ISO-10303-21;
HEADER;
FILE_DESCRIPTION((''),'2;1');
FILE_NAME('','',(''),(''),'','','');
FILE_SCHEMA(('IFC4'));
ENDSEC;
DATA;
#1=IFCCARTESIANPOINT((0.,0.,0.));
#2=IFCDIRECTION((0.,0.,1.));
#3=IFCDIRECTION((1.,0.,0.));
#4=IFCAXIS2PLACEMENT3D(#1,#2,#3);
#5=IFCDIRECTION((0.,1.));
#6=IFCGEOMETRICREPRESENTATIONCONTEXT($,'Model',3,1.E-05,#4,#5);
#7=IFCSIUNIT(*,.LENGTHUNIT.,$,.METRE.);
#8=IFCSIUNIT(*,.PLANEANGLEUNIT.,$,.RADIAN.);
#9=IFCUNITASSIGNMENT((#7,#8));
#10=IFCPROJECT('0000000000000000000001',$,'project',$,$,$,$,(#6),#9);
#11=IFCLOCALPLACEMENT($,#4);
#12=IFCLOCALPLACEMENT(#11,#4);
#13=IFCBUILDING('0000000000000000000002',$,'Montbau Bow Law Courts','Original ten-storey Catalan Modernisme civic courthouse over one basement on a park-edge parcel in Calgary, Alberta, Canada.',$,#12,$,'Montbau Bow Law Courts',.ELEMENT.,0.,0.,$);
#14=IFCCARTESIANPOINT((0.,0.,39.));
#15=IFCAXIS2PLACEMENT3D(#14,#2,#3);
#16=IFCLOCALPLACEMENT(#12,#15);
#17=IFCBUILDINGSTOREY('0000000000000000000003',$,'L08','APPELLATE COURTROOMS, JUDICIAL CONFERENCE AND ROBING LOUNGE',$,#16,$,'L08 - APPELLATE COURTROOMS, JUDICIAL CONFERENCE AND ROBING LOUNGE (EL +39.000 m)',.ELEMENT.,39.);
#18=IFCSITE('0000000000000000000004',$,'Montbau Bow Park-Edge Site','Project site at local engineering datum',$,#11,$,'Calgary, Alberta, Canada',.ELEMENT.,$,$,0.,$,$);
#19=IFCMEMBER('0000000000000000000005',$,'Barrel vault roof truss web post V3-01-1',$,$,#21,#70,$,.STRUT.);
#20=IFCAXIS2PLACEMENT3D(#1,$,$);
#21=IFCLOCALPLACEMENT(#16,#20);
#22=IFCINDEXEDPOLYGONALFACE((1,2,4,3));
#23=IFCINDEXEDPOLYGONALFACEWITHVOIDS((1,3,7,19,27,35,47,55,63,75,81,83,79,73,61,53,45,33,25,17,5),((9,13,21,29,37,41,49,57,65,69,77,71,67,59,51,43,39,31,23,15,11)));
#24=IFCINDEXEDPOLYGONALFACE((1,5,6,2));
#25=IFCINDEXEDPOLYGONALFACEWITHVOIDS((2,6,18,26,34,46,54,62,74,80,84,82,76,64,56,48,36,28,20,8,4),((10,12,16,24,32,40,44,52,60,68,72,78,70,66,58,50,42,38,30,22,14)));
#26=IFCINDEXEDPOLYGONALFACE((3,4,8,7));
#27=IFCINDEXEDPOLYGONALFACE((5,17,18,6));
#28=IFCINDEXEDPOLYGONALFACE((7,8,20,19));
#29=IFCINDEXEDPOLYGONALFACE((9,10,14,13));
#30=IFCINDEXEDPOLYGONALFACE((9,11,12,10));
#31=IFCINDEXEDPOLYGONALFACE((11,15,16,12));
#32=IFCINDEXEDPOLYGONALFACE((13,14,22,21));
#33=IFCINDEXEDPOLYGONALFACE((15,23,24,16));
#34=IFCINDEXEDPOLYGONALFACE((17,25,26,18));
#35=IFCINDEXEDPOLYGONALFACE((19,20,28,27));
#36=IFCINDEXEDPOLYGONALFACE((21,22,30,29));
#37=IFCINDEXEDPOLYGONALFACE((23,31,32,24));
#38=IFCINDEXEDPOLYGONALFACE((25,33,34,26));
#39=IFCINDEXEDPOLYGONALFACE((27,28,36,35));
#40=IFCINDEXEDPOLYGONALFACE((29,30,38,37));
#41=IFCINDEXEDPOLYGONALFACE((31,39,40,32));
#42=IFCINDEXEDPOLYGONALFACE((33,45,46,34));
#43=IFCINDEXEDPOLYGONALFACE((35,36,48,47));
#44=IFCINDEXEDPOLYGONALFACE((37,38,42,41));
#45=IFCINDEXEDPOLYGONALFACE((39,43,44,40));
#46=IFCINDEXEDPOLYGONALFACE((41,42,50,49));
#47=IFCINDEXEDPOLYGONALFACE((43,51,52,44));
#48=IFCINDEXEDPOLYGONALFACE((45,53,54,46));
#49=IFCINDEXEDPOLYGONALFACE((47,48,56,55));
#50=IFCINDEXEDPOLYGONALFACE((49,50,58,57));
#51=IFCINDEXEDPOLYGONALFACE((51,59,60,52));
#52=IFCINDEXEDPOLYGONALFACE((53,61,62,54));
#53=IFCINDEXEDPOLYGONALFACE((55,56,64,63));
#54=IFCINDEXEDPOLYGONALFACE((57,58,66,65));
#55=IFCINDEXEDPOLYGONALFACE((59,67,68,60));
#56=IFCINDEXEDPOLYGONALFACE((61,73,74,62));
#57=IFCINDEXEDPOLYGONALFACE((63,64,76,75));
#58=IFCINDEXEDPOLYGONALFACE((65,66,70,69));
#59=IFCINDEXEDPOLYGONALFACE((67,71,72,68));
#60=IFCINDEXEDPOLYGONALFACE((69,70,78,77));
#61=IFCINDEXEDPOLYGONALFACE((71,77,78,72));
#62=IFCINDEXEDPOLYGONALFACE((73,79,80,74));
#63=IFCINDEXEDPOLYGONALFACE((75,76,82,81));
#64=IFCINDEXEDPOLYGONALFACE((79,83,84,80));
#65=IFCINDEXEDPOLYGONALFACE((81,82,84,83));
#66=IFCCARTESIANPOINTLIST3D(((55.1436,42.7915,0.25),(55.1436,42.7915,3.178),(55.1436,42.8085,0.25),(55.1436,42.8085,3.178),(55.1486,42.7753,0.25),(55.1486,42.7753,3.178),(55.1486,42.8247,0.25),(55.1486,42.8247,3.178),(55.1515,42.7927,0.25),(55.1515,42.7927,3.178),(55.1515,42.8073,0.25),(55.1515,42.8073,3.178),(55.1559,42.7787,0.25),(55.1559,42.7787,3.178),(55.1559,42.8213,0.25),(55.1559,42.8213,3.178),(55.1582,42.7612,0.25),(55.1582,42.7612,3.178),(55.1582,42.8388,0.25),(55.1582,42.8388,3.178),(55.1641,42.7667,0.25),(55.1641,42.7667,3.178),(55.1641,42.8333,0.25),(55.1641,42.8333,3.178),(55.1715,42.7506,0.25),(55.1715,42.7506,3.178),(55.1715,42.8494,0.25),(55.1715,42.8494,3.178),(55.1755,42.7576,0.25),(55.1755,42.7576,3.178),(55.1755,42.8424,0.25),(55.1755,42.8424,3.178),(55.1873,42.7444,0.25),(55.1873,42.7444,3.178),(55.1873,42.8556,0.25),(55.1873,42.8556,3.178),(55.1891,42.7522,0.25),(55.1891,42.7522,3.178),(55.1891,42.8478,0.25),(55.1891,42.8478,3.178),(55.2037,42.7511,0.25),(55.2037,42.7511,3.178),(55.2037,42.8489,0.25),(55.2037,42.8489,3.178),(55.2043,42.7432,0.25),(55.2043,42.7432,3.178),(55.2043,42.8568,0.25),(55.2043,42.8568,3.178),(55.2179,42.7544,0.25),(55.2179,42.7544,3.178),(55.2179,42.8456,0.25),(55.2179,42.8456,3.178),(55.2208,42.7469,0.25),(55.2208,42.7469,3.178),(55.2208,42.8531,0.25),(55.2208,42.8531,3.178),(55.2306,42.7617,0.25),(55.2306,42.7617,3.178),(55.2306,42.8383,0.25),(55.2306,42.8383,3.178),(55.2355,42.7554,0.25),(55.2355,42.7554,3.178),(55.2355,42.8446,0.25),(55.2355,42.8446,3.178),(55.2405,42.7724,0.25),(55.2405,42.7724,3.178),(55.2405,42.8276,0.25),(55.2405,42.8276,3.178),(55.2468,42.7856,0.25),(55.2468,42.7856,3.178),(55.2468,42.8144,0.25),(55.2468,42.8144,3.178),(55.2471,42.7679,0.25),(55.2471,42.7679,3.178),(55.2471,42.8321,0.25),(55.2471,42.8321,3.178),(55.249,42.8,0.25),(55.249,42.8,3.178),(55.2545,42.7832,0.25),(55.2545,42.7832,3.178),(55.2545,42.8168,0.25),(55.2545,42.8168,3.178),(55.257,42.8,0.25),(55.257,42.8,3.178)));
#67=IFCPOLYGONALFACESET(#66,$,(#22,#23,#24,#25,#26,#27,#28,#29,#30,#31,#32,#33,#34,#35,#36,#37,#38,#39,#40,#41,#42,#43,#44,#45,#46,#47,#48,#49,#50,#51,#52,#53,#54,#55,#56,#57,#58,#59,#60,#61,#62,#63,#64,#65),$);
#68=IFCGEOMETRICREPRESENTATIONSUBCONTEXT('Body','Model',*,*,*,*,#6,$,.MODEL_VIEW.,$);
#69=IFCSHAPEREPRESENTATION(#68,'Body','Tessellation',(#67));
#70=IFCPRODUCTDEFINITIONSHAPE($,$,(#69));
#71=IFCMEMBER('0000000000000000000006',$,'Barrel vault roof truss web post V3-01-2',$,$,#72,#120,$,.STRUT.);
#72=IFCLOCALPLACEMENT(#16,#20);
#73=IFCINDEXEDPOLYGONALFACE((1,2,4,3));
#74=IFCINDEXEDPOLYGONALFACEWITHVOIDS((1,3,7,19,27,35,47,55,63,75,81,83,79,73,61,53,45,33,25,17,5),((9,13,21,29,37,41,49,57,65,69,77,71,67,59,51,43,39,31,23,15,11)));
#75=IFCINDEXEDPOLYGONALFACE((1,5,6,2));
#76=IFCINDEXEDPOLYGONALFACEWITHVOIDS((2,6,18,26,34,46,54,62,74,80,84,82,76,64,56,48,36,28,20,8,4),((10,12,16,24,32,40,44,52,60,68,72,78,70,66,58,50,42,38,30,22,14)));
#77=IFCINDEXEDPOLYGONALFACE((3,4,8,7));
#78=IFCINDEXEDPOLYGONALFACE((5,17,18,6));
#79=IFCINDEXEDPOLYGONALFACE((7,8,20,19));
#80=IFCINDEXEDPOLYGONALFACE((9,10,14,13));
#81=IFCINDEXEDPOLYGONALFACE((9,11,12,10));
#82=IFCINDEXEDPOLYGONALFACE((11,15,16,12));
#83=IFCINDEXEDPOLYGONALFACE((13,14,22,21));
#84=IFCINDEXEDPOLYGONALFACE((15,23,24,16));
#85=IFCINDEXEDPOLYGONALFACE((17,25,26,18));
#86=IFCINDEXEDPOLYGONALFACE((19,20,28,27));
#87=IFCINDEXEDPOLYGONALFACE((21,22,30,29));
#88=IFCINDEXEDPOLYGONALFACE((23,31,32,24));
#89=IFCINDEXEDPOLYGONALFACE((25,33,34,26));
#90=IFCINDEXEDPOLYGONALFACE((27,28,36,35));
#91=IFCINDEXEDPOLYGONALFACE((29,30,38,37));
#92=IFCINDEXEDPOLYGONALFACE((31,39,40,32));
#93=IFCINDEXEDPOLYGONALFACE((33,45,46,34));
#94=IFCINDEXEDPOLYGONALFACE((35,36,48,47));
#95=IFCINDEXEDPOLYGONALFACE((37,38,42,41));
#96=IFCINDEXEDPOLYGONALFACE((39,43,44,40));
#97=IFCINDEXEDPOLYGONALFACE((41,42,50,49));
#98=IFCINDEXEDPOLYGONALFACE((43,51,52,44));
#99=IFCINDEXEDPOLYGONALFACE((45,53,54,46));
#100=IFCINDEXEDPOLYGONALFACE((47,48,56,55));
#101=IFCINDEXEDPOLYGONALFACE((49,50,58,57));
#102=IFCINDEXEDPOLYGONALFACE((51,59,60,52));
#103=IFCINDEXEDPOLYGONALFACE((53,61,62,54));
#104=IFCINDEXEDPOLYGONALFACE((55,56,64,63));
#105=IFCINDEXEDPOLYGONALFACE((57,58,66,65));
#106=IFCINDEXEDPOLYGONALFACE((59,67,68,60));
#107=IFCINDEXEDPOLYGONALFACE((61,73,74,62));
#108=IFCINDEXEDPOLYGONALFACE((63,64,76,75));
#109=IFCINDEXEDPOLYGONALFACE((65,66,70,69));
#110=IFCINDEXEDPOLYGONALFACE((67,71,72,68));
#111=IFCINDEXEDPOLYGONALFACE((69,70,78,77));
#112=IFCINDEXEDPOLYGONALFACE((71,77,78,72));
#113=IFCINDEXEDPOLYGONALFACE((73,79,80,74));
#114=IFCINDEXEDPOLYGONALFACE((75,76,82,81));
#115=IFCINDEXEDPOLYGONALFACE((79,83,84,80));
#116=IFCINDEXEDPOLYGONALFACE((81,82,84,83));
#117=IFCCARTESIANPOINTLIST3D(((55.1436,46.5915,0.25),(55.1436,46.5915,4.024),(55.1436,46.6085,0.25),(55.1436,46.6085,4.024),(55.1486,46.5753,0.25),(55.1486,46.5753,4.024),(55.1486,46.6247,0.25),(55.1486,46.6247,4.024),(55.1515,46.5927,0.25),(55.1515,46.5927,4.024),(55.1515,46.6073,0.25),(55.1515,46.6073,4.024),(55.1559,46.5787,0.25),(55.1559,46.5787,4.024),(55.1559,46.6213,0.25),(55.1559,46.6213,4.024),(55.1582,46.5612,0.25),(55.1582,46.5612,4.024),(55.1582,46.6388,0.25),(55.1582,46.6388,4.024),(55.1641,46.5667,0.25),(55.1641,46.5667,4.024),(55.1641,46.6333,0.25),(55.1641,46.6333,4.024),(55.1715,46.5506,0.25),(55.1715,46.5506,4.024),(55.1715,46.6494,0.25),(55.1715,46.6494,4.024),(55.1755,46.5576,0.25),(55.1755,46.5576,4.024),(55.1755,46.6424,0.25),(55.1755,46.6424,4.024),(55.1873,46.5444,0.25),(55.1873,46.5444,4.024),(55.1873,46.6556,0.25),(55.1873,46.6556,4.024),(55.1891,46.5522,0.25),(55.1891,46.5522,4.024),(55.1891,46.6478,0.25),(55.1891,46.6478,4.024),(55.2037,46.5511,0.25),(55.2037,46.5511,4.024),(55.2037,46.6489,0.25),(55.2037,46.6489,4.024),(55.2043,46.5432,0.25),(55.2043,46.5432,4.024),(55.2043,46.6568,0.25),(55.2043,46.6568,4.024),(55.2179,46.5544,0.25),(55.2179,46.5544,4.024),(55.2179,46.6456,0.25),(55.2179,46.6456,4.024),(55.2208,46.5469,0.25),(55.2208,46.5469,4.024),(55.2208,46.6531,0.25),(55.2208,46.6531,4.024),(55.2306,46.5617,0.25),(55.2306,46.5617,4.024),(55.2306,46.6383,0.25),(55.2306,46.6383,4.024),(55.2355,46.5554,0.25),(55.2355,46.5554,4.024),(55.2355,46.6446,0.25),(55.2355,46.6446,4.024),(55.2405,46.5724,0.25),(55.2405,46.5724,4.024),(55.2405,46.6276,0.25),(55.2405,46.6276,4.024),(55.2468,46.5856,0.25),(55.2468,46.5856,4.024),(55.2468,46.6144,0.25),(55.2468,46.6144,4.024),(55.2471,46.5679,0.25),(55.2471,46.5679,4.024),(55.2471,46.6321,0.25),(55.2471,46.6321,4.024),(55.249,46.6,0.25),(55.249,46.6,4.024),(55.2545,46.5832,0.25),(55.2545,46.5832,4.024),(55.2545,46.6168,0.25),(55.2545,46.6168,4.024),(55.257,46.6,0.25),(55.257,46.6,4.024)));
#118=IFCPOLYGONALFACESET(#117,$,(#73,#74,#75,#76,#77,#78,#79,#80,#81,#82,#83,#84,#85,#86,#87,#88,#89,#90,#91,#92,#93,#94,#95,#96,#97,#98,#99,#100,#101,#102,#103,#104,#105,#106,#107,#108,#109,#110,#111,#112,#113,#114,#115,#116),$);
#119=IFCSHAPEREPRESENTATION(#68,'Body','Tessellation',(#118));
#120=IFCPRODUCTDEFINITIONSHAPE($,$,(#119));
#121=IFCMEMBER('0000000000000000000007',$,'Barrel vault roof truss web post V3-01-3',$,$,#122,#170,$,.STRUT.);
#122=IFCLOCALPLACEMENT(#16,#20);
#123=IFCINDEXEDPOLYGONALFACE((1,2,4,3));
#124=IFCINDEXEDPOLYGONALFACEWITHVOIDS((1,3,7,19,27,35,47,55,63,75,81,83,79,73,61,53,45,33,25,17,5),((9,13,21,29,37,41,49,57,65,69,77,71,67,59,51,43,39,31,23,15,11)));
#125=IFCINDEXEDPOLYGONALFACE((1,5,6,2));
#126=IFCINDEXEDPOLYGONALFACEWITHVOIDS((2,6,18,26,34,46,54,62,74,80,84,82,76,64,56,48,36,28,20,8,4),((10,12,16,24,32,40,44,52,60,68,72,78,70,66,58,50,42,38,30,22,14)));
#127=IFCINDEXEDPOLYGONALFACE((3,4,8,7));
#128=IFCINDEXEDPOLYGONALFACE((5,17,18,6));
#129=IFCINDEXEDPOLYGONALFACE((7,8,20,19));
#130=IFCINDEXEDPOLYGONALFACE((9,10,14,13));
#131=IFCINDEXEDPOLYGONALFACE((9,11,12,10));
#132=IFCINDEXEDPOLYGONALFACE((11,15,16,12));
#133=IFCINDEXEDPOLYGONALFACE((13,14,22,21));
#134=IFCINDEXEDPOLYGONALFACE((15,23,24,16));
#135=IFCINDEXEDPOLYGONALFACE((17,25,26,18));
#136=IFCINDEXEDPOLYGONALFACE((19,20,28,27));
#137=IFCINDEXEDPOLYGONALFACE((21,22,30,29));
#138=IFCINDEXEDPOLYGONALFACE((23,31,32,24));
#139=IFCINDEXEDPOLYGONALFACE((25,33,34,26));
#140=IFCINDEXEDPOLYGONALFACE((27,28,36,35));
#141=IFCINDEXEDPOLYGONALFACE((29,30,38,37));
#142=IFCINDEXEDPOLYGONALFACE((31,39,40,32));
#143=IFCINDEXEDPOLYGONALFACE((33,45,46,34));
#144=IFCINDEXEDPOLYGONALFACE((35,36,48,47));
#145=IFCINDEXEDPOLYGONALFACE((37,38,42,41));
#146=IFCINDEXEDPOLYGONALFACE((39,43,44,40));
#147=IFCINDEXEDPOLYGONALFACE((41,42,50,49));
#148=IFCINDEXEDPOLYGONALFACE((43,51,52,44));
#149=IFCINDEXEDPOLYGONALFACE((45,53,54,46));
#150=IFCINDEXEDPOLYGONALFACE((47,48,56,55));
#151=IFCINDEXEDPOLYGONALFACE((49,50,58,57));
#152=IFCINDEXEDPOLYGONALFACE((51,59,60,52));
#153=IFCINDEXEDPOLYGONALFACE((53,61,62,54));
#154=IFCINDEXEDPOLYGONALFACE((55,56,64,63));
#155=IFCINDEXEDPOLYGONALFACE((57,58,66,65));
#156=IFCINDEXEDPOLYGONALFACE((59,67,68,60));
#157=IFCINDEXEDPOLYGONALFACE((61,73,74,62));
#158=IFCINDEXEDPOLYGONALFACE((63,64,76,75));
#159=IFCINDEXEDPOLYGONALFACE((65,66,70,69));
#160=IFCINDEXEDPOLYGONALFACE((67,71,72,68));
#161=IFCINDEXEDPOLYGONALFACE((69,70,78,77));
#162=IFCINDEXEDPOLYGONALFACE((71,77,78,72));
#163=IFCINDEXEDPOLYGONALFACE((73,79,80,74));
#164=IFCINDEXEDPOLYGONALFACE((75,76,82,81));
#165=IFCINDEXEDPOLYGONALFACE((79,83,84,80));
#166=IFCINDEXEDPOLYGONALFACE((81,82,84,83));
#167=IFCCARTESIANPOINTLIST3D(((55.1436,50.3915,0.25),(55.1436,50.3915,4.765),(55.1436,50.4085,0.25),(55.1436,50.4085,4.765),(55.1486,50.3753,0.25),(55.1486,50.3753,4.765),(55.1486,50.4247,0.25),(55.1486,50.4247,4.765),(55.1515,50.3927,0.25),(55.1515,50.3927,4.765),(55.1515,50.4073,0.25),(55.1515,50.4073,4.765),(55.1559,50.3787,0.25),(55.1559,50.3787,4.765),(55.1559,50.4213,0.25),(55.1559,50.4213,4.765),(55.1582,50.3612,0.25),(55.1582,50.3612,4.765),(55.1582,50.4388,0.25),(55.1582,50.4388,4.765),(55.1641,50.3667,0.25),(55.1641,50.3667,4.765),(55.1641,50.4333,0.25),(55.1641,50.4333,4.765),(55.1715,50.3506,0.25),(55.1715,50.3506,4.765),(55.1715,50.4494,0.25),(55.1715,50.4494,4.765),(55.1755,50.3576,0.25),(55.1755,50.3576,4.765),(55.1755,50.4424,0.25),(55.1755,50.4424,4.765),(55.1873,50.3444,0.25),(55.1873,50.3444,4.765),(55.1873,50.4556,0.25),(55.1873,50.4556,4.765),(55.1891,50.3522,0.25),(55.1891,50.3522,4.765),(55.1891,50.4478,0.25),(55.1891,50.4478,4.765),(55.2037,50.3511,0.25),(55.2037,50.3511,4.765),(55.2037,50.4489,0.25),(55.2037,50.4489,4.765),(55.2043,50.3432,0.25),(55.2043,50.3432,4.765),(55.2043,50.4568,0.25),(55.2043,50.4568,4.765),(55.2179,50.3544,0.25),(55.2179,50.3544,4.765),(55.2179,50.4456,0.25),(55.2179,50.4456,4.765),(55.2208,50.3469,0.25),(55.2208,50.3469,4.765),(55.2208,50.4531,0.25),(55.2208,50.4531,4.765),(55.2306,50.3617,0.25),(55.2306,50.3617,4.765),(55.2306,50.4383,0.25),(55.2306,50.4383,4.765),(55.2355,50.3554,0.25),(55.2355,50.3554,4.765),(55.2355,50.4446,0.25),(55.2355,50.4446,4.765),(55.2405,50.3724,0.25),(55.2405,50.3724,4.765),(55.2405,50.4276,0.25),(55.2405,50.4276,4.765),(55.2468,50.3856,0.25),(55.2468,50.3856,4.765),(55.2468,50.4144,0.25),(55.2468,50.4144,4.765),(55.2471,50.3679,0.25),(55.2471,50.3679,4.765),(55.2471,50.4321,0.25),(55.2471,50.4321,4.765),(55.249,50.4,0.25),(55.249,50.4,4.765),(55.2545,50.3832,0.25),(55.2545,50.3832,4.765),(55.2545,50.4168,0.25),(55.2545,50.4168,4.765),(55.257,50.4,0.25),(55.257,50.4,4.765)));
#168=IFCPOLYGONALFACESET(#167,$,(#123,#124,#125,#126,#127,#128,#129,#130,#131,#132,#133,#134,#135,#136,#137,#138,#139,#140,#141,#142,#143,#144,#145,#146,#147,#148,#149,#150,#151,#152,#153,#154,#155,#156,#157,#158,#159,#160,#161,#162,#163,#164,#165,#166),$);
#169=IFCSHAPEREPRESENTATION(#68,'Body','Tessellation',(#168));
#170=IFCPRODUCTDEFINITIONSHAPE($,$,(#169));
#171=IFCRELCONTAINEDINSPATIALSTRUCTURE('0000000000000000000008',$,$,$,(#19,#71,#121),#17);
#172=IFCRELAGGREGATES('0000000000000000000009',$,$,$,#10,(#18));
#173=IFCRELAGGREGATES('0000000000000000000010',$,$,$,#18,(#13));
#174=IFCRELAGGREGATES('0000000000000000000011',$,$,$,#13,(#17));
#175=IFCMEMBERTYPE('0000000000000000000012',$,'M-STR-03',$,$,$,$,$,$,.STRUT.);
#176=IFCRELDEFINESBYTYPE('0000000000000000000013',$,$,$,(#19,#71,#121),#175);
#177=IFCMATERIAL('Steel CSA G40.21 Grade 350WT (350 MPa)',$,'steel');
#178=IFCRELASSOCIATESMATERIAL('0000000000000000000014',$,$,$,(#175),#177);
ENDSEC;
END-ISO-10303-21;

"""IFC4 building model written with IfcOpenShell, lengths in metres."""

from ifc_helpers import new_model, si_unit, direction, frame, origin_with_axes, origin_2d_with_axis, place, context, subcontext, project, spatial, hollow_circle, extrude, material, material_profile, profile_set, type_object, element, save


model = new_model("IFC4")

# Units and contexts
model_context = context("Model", 3, precision=1e-05, world=origin_with_axes(), true_north=direction((0.0, 1.0)))
body_context = subcontext(model_context, "Body", "Model", "MODEL_VIEW")
ifc_project = project(units=[si_unit("LENGTHUNIT", "METRE"), si_unit("PLANEANGLEUNIT", "RADIAN")], contexts=[model_context])

# Site, building, storey
site_placement = place(None, origin_with_axes())
site = spatial("IfcSite", under=ifc_project, at=site_placement, Name="Montbau Bow Park-Edge Site", Description="Project site at local engineering datum", LongName="Calgary, Alberta, Canada", CompositionType="ELEMENT", RefElevation=0.0)
building_placement = place(site_placement, origin_with_axes())
building = spatial("IfcBuilding", under=site, at=building_placement, Name="Montbau Bow Law Courts", Description="Original ten-storey Catalan Modernisme civic courthouse over one basement on a park-edge parcel in Calgary, Alberta, Canada.", LongName="Montbau Bow Law Courts", CompositionType="ELEMENT", ElevationOfRefHeight=0.0, ElevationOfTerrain=0.0)
storey_placement = place(building_placement, frame((0.0, 0.0, 39.0), z_axis=(0.0, 0.0, 1.0), x_axis=(1.0, 0.0, 0.0)))
storey = spatial("IfcBuildingStorey", under=building, at=storey_placement, Name="L08", Description="APPELLATE COURTROOMS, JUDICIAL CONFERENCE AND ROBING LOUNGE", LongName="L08 - APPELLATE COURTROOMS, JUDICIAL CONFERENCE AND ROBING LOUNGE (EL +39.000 m)", CompositionType="ELEMENT", Elevation=39.0)

# Shared definitions
ifc_material_1 = material(Name="Steel CSA G40.21 Grade 350WT (350 MPa)", Category="steel")

# Members
ifc_material_profile_1 = material_profile(ifc_material_1, hollow_circle(Radius=0.057, WallThickness=0.008, at=origin_2d_with_axis()), Name="HSS114X8.0", Category="Main", Priority=0)
ifc_profile_set_1 = profile_set([ifc_material_profile_1], Name="Steel CSA G40.21 Grade 350WT (350 MPa)")
member_type_1 = type_object("IfcMemberType", Name="M-STR-03", PredefinedType="STRUT", material=ifc_profile_set_1)
member_1_placement = place(None, frame((55.2, 42.8, 39.25), z_axis=(0.0, 0.0, 1.0), x_axis=(1.0, 0.0, 0.0)))
element("IfcMember", 1, at=member_1_placement, inside=storey, type_object=member_type_1, Name="Barrel vault roof truss web post V3-01-1", PredefinedType="STRUT", context=body_context, shape_type="SweptSolid", body=[
    extrude(hollow_circle(Radius=0.057, WallThickness=0.008, at=origin_2d_with_axis()), origin_with_axes(), (0.0, 0.0, 1.0), 2.928),
])
member_2_placement = place(None, frame((55.2, 46.6, 39.25), z_axis=(0.0, 0.0, 1.0), x_axis=(1.0, 0.0, 0.0)))
element("IfcMember", 2, at=member_2_placement, inside=storey, type_object=member_type_1, Name="Barrel vault roof truss web post V3-01-2", PredefinedType="STRUT", context=body_context, shape_type="SweptSolid", body=[
    extrude(hollow_circle(Radius=0.057, WallThickness=0.008, at=origin_2d_with_axis()), origin_with_axes(), (0.0, 0.0, 1.0), 3.774),
])
member_3_placement = place(None, frame((55.2, 50.4, 39.25), z_axis=(0.0, 0.0, 1.0), x_axis=(1.0, 0.0, 0.0)))
element("IfcMember", 3, at=member_3_placement, inside=storey, type_object=member_type_1, Name="Barrel vault roof truss web post V3-01-3", PredefinedType="STRUT", context=body_context, shape_type="SweptSolid", body=[
    extrude(hollow_circle(Radius=0.057, WallThickness=0.008, at=origin_2d_with_axis()), origin_with_axes(), (0.0, 0.0, 1.0), 4.515),
])

save(model, "model.ifc")
